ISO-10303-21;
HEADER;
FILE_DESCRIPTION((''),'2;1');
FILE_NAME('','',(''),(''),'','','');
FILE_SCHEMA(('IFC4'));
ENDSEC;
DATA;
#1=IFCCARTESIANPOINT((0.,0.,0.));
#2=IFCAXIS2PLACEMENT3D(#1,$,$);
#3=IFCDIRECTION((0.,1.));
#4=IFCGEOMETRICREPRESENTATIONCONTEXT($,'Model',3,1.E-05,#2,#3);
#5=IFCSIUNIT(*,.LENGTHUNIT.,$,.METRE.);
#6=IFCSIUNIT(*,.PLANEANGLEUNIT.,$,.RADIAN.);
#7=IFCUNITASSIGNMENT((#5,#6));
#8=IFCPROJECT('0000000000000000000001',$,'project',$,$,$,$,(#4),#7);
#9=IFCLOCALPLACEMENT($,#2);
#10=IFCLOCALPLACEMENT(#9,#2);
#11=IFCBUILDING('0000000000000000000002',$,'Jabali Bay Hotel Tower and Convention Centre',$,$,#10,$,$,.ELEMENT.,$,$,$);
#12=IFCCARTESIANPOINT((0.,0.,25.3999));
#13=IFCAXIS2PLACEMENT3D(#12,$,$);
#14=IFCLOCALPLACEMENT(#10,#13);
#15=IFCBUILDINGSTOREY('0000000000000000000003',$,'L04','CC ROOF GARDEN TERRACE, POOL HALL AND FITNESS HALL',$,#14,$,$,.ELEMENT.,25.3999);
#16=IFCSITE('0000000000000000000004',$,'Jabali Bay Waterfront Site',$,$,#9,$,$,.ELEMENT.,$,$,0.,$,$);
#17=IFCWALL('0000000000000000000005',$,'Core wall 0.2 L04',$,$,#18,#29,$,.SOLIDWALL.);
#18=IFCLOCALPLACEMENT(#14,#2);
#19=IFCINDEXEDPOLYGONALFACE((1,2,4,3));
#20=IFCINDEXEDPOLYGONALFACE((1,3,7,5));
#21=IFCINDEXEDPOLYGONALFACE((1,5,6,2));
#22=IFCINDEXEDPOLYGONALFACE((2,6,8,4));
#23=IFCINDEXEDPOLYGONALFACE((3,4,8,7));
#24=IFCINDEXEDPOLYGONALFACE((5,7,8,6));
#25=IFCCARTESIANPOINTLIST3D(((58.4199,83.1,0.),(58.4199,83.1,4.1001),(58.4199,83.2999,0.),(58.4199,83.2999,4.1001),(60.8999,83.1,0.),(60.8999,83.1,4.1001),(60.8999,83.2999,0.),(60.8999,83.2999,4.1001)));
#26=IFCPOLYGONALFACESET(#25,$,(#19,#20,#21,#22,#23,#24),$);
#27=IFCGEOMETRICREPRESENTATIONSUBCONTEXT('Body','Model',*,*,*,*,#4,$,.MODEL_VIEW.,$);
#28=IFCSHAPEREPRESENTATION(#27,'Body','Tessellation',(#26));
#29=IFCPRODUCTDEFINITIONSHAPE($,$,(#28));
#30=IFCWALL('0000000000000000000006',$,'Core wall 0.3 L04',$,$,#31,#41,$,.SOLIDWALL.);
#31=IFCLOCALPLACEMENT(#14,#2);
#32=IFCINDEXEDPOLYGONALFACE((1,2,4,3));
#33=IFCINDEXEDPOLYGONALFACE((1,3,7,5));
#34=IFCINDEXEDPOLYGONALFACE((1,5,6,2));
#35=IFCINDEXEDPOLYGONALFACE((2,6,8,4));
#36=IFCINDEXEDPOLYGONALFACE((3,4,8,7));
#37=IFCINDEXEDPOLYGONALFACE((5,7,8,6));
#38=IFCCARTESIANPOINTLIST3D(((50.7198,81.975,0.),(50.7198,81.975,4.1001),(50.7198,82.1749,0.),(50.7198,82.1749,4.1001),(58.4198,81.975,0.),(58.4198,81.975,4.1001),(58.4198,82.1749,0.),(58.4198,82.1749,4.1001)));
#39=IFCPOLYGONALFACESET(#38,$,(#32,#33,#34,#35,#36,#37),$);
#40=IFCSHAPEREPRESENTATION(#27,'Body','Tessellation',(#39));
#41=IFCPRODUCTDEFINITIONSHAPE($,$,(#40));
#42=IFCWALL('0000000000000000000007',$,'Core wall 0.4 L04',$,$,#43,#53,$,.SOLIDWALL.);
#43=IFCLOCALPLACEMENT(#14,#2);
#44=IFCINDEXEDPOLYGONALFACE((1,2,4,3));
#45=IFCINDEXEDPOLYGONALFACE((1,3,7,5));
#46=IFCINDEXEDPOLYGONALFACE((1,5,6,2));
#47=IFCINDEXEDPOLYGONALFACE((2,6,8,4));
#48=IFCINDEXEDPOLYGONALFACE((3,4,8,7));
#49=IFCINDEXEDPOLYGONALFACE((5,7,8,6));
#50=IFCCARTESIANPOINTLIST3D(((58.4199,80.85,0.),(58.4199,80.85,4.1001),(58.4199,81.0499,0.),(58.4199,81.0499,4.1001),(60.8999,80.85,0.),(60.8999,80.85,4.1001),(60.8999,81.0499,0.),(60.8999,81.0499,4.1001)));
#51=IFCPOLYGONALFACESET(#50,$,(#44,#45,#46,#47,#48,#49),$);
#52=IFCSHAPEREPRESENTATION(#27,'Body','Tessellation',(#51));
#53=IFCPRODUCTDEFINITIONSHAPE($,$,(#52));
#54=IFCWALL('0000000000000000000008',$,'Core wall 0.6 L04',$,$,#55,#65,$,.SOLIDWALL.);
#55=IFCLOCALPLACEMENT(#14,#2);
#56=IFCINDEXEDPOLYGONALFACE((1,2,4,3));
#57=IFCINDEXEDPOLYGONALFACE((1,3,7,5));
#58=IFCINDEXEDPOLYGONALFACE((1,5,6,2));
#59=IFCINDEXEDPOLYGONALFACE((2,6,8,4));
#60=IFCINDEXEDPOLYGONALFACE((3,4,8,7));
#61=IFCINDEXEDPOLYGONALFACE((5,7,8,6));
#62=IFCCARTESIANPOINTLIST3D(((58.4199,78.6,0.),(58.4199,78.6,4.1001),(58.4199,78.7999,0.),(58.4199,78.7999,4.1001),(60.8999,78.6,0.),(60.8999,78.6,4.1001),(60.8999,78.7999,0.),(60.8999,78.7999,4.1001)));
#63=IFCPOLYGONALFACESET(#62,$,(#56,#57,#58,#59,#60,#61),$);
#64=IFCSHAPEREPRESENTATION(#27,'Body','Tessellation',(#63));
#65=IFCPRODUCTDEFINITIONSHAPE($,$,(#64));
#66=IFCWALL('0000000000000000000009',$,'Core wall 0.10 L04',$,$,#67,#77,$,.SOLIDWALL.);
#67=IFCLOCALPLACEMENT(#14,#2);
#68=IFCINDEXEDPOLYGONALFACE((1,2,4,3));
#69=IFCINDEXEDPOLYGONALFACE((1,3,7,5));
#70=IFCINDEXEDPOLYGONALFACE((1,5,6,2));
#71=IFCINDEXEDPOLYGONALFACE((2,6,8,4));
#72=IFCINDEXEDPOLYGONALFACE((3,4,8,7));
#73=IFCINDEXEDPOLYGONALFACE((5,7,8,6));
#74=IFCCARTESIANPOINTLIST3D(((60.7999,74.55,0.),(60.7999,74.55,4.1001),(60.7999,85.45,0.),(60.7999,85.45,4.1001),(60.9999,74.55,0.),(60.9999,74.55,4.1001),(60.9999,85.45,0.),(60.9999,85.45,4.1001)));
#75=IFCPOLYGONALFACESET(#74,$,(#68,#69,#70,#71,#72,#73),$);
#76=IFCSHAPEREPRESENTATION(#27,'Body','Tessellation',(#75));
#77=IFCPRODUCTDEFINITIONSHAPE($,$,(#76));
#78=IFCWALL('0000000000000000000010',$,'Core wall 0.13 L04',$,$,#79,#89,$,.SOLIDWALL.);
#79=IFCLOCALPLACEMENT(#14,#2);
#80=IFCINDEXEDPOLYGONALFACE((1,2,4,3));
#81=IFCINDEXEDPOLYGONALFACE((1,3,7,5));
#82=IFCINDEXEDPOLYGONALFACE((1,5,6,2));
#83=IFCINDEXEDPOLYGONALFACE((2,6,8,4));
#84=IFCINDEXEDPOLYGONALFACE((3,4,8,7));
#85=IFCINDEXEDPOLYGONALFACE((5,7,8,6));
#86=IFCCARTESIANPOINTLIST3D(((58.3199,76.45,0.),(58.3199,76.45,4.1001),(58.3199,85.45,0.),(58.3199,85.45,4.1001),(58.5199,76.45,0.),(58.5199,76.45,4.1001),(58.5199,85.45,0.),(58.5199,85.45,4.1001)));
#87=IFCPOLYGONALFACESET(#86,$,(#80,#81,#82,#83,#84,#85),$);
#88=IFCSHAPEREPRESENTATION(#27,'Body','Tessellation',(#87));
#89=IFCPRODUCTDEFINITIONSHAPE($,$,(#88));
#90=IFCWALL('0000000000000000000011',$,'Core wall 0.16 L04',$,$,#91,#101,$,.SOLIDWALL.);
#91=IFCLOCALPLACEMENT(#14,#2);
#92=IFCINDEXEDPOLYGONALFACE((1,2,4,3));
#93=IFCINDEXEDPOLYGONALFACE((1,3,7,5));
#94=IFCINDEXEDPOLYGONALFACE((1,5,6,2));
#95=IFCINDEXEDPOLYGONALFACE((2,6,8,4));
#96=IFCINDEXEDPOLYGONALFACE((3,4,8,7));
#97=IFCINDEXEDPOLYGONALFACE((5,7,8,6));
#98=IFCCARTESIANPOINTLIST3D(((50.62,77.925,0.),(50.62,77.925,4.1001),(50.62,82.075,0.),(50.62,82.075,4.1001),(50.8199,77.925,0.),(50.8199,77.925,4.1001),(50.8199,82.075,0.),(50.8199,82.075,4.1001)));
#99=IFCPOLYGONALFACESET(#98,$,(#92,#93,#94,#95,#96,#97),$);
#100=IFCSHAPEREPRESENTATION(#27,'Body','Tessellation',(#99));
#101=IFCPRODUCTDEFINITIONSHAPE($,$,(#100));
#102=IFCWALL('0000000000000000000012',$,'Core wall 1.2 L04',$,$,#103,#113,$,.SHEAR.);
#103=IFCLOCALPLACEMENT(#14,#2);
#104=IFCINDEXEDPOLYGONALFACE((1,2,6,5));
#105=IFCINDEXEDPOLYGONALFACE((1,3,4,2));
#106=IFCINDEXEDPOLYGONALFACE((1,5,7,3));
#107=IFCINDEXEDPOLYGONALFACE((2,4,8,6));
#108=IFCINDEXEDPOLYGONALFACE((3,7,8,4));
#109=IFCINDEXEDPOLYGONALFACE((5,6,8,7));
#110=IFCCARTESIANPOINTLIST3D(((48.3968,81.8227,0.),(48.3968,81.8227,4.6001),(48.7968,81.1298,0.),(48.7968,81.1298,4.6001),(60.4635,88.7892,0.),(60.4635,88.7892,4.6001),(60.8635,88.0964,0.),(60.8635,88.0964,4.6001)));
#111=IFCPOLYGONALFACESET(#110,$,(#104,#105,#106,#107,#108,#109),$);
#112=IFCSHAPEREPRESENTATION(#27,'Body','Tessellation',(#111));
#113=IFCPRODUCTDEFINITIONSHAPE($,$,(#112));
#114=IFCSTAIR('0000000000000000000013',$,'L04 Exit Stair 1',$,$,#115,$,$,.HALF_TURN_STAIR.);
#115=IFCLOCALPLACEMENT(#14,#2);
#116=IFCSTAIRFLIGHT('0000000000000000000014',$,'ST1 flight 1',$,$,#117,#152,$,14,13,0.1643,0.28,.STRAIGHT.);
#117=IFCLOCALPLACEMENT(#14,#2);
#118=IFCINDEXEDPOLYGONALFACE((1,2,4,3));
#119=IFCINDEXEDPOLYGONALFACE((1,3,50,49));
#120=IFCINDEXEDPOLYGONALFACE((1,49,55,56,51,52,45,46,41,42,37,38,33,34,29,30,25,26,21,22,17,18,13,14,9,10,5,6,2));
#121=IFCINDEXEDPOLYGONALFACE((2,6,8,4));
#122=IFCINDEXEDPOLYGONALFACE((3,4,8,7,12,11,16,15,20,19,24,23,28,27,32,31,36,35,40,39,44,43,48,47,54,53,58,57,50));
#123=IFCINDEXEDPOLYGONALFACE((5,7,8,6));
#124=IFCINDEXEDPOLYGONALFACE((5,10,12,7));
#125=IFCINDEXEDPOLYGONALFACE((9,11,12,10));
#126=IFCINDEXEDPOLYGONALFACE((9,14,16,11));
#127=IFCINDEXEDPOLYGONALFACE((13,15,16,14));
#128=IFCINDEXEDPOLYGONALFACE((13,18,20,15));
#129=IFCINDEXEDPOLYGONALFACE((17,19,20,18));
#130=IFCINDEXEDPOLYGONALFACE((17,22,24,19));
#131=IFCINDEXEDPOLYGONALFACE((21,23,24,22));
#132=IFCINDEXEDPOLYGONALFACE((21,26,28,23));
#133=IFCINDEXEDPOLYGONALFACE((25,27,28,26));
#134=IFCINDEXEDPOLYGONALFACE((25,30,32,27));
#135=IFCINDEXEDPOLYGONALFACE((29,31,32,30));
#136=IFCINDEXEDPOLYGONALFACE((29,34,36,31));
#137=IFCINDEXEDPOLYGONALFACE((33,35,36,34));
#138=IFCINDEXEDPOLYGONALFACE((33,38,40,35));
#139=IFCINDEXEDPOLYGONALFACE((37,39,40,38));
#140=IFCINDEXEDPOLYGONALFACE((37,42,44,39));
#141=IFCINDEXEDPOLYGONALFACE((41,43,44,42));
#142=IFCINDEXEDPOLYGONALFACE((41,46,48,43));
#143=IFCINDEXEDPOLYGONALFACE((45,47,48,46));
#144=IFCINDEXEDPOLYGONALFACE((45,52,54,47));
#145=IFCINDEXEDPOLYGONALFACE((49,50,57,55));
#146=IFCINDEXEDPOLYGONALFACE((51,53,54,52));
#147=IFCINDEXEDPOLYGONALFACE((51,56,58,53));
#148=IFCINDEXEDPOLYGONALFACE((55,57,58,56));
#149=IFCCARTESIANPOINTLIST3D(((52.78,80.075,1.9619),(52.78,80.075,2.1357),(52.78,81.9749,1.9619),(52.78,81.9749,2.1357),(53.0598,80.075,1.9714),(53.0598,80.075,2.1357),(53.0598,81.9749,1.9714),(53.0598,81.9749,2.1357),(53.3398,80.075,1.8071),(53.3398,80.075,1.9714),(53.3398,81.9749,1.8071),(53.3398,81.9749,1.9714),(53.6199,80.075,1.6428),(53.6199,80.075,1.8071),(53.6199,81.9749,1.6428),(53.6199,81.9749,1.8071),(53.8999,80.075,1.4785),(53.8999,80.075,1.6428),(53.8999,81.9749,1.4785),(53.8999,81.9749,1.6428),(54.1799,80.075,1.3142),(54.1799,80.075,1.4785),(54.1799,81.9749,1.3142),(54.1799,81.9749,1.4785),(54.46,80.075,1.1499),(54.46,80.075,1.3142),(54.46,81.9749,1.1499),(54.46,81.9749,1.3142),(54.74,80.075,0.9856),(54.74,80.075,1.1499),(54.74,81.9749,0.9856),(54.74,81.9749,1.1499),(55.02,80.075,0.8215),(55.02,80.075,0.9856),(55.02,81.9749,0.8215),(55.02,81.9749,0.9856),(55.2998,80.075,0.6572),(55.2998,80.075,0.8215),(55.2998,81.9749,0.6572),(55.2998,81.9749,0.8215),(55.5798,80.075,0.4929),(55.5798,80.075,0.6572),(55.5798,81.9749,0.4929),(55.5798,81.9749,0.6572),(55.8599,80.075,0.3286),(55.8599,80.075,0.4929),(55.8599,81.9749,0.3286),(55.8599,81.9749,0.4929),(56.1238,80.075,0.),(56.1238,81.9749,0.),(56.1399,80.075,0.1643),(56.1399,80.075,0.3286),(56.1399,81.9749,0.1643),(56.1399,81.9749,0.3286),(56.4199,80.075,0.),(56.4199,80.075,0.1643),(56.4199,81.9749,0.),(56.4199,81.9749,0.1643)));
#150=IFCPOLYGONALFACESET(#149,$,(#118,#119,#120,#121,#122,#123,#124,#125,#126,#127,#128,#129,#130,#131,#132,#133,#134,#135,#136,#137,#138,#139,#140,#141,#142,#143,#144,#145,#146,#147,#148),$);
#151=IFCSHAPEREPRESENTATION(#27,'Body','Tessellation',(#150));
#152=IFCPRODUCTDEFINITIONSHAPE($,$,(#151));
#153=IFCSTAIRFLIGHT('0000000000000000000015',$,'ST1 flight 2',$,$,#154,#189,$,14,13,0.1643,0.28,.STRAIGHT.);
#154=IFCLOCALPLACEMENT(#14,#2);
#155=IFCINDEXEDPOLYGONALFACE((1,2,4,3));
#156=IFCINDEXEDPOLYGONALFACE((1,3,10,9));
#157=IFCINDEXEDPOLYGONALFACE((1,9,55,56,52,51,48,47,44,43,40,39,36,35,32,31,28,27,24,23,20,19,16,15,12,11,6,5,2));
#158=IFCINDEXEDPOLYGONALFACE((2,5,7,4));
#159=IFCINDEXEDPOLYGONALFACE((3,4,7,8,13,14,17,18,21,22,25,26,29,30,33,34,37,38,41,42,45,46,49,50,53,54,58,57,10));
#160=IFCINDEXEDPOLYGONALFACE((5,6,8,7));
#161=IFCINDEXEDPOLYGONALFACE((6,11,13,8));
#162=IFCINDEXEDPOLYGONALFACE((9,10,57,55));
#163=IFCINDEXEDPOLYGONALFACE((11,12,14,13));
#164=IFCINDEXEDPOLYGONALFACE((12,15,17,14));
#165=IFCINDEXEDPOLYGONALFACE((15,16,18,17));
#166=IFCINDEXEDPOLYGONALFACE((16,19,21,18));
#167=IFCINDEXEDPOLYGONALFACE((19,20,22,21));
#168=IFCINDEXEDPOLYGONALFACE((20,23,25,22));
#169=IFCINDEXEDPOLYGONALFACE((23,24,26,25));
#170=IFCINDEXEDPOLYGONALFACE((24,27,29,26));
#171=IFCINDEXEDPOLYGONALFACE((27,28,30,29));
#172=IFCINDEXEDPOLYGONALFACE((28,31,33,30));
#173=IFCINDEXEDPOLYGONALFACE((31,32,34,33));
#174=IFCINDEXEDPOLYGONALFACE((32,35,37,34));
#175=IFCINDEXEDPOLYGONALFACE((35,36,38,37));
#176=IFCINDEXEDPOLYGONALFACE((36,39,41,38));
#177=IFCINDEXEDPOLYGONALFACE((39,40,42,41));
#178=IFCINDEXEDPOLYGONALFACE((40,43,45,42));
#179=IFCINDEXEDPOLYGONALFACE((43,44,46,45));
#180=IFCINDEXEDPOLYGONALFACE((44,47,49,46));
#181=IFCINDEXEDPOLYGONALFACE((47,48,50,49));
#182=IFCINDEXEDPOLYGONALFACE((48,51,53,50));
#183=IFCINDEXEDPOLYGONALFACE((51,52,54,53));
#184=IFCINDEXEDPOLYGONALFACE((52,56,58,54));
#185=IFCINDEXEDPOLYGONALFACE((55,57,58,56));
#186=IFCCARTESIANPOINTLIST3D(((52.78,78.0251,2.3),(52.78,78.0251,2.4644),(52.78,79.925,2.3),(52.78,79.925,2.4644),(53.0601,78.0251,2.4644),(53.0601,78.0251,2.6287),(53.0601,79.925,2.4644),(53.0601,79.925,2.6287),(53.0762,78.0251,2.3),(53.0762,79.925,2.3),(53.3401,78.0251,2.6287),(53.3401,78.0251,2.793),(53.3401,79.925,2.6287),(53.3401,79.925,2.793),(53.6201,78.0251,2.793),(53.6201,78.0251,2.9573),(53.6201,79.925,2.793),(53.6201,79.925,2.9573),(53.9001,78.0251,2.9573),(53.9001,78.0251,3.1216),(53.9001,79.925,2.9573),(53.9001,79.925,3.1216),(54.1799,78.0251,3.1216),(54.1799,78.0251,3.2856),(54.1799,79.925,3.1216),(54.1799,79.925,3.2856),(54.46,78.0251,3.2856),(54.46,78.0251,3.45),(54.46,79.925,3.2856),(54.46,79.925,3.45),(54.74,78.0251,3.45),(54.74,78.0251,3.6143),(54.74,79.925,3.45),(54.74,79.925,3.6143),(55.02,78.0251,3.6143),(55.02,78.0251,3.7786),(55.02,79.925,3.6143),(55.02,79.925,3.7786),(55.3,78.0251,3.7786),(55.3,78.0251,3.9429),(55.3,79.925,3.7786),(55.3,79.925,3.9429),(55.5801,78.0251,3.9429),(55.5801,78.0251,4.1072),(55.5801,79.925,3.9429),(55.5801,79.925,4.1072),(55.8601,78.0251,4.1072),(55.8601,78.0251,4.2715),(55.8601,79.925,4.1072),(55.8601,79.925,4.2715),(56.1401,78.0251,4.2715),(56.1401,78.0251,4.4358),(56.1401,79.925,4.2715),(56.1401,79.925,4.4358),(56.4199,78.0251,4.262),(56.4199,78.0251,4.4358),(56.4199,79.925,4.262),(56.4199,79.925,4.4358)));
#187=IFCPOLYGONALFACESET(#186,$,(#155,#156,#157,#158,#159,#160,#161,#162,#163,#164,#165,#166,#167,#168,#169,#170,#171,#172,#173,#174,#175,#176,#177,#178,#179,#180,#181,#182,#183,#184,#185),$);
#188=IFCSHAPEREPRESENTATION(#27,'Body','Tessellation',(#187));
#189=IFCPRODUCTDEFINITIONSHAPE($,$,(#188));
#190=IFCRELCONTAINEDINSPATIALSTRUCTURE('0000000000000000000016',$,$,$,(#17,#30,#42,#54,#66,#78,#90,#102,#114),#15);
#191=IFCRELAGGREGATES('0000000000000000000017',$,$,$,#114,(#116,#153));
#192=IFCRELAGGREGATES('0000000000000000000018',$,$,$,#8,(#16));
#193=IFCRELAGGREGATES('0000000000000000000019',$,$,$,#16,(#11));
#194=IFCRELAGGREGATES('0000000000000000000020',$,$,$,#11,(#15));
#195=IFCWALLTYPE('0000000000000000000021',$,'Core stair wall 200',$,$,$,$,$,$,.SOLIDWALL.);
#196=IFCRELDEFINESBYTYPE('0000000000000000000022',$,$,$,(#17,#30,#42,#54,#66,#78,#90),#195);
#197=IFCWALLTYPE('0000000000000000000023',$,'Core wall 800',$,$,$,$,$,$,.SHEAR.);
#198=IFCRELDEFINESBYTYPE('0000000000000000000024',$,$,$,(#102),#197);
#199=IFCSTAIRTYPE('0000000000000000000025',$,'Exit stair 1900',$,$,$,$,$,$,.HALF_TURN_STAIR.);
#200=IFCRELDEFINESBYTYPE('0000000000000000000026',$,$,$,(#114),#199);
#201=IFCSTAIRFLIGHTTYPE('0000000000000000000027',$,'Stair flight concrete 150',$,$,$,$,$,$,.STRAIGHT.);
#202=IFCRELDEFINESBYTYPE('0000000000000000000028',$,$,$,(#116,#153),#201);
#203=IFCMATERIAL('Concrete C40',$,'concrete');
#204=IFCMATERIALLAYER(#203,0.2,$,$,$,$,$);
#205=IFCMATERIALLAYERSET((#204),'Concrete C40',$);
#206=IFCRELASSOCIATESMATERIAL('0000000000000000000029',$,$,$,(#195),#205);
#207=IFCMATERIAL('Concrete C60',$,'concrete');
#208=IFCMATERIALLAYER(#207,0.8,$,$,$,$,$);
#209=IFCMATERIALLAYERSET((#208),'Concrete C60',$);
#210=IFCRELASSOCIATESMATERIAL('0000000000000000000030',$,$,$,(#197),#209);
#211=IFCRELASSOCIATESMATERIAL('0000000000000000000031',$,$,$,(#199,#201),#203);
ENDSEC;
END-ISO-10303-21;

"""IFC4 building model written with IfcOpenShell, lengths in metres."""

from ifc_helpers import new_model, si_unit, direction, frame, frame_2d, origin, place, context, subcontext, project, spatial, polyline, rectangle, outline, extrude, material, layer, layer_set, type_object, element, aggregate, save


model = new_model("IFC4")

# Units and contexts
model_context = context("Model", 3, precision=1e-05, world=origin(), true_north=direction((0.0, 1.0)))
body_context = subcontext(model_context, "Body", "Model", "MODEL_VIEW")
ifc_project = project(units=[si_unit("LENGTHUNIT", "METRE"), si_unit("PLANEANGLEUNIT", "RADIAN")], contexts=[model_context])

# Site, building, storey
site_placement = place(None, origin())
site = spatial("IfcSite", under=ifc_project, at=site_placement, Name="Jabali Bay Waterfront Site", CompositionType="ELEMENT", RefElevation=0.0)
building_placement = place(site_placement, origin())
building = spatial("IfcBuilding", under=site, at=building_placement, Name="Jabali Bay Hotel Tower and Convention Centre", CompositionType="ELEMENT")
storey_placement = place(building_placement, frame((0.0, 0.0, 25.3999)))
storey = spatial("IfcBuildingStorey", under=building, at=storey_placement, Name="L04", Description="CC ROOF GARDEN TERRACE, POOL HALL AND FITNESS HALL", CompositionType="ELEMENT", Elevation=25.3999)

# Shared definitions
ifc_material_1 = material(Name="Concrete C40", Category="concrete")

# Walls
ifc_layer_1 = layer(ifc_material_1, 0.2)
ifc_layer_set_1 = layer_set([ifc_layer_1], Name="Concrete C40")
wall_type_1 = type_object("IfcWallType", Name="Core stair wall 200", PredefinedType="SOLIDWALL", material=ifc_layer_set_1)
for number, where, z_axis, x_axis, name in (
    (1, (60.8999, 83.2, 0.0), (0.0, 0.0, 1.0), (-1.0, 0.0, 0.0), "Core wall 0.2 L04"),
):
    element("IfcWall", number, at=place(storey_placement, frame(where, z_axis=z_axis, x_axis=x_axis)), inside=storey, type_object=wall_type_1, Name=name, PredefinedType="SOLIDWALL", context=body_context, shape_type="SweptSolid", body=[
        extrude(rectangle(XDim=2.48, YDim=0.2, at=frame_2d((1.24, 0.0))), origin(), (0.0, 0.0, 1.0), 4.1001),
    ])
wall_1_placement = place(storey_placement, frame((58.4199, 82.075, 0.0), z_axis=(0.0, 0.0, 1.0), x_axis=(-1.0, 0.0, 0.0)))
element("IfcWall", 2, at=wall_1_placement, inside=storey, type_object=wall_type_1, Name="Core wall 0.3 L04", PredefinedType="SOLIDWALL", context=body_context, shape_type="SweptSolid", body=[
    extrude(rectangle(XDim=7.7, YDim=0.2, at=frame_2d((3.8501, 0.0))), origin(), (0.0, 0.0, 1.0), 4.1001),
])
for number, where, z_axis, x_axis, name in (
    (3, (60.8999, 80.95, 0.0), (0.0, 0.0, 1.0), (-1.0, 0.0, 0.0), "Core wall 0.4 L04"),
    (4, (60.8999, 78.7, 0.0), (0.0, 0.0, 1.0), (-1.0, 0.0, 0.0), "Core wall 0.6 L04"),
):
    element("IfcWall", number, at=place(storey_placement, frame(where, z_axis=z_axis, x_axis=x_axis)), inside=storey, type_object=wall_type_1, Name=name, PredefinedType="SOLIDWALL", context=body_context, shape_type="SweptSolid", body=[
        extrude(rectangle(XDim=2.48, YDim=0.2, at=frame_2d((1.24, 0.0))), origin(), (0.0, 0.0, 1.0), 4.1001),
    ])
wall_2_placement = place(storey_placement, frame((60.8999, 85.45, 0.0), z_axis=(0.0, 0.0, 1.0), x_axis=(0.0, -1.0, 0.0)))
element("IfcWall", 5, at=wall_2_placement, inside=storey, type_object=wall_type_1, Name="Core wall 0.10 L04", PredefinedType="SOLIDWALL", context=body_context, shape_type="SweptSolid", body=[
    extrude(rectangle(XDim=10.8999, YDim=0.2, at=frame_2d((5.45, 0.0))), origin(), (0.0, 0.0, 1.0), 4.1001),
])
wall_3_placement = place(storey_placement, frame((58.4199, 85.45, 0.0), z_axis=(0.0, 0.0, 1.0), x_axis=(0.0, -1.0, 0.0)))
element("IfcWall", 6, at=wall_3_placement, inside=storey, type_object=wall_type_1, Name="Core wall 0.13 L04", PredefinedType="SOLIDWALL", context=body_context, shape_type="SweptSolid", body=[
    extrude(rectangle(XDim=9.0, YDim=0.2, at=frame_2d((4.5, 0.0))), origin(), (0.0, 0.0, 1.0), 4.1001),
])
wall_4_placement = place(storey_placement, frame((50.72, 82.075, 0.0), z_axis=(0.0, 0.0, 1.0), x_axis=(0.0, -1.0, 0.0)))
element("IfcWall", 7, at=wall_4_placement, inside=storey, type_object=wall_type_1, Name="Core wall 0.16 L04", PredefinedType="SOLIDWALL", context=body_context, shape_type="SweptSolid", body=[
    extrude(rectangle(XDim=4.1499, YDim=0.2, at=frame_2d((2.075, 0.0))), origin(), (0.0, 0.0, 1.0), 4.1001),
])
ifc_material_2 = material(Name="Concrete C60", Category="concrete")
ifc_layer_2 = layer(ifc_material_2, 0.8)
ifc_layer_set_2 = layer_set([ifc_layer_2], Name="Concrete C60")
wall_type_2 = type_object("IfcWallType", Name="Core wall 800", PredefinedType="SHEAR", material=ifc_layer_set_2)
wall_5_placement = place(storey_placement, frame((60.6636, 88.4429, 0.0), z_axis=(0.0, 0.0, 1.0), x_axis=(-0.866029, -0.499993, 0.0)))
element("IfcWall", 8, at=wall_5_placement, inside=storey, type_object=wall_type_2, Name="Core wall 1.2 L04", PredefinedType="SHEAR", context=body_context, shape_type="SweptSolid", body=[
    extrude(rectangle(XDim=13.9333, YDim=0.8, at=frame_2d((6.9668, 0.0))), origin(), (0.0, 0.0, 1.0), 4.6001),
])

# Stair, stair flights
stair_type = type_object("IfcStairType", Name="Exit stair 1900", PredefinedType="HALF_TURN_STAIR", material=ifc_material_1)
stair_placement = place(storey_placement, origin())
stair = element("IfcStair", 9, at=stair_placement, inside=storey, type_object=stair_type, Name="L04 Exit Stair 1", PredefinedType="HALF_TURN_STAIR")
stair_flight_type = type_object("IfcStairFlightType", Name="Stair flight concrete 150", PredefinedType="STRAIGHT", material=ifc_material_1)
stair_flight_1_placement = place(storey_placement, frame((56.4199, 81.0249, 0.0), z_axis=(0.0, 0.0, 1.0), x_axis=(-1.0, 0.0, 0.0)))
stair_flight_1 = element("IfcStairFlight", 10, at=stair_flight_1_placement, type_object=stair_flight_type, Name="ST1 flight 1", NumberOfRisers=14, NumberOfTreads=13, PredefinedType="STRAIGHT", RiserHeight=0.1643, TreadLength=0.28, context=body_context, shape_type="SweptSolid", body=[
    extrude(outline(polyline([(0.0, 0.0), (0.0, 0.1643), (0.28, 0.1643), (0.28, 0.3286), (0.5601, 0.3286), (0.5601, 0.4929), (0.8401, 0.4929), (0.8401, 0.6572), (1.1201, 0.6572), (1.1201, 0.8215), (1.3999, 0.8215), (1.3999, 0.9856), (1.6799, 0.9856), (1.6799, 1.1499), (1.96, 1.1499), (1.96, 1.3142), (2.24, 1.3142), (2.24, 1.4785), (2.52, 1.4785), (2.52, 1.6428), (2.8, 1.6428), (2.8, 1.8071), (3.0801, 1.8071), (3.0801, 1.9714), (3.3601, 1.9714), (3.3601, 2.1357), (3.6399, 2.1357), (3.6399, 2.3), (3.6399, 1.9619), (0.2961, 0.0), (0.0, 0.0)])), frame((0.0, 0.95, 0.0), z_axis=(0.0, -1.0, 0.0), x_axis=(1.0, 0.0, 0.0)), (0.0, 0.0, 1.0), 1.8999),
])
stair_flight_2_placement = place(storey_placement, frame((52.78, 78.9751, 2.3), z_axis=(0.0, 0.0, 1.0), x_axis=(1.0, 0.0, 0.0)))
stair_flight_2 = element("IfcStairFlight", 11, at=stair_flight_2_placement, type_object=stair_flight_type, Name="ST1 flight 2", NumberOfRisers=14, NumberOfTreads=13, PredefinedType="STRAIGHT", RiserHeight=0.1643, TreadLength=0.28, context=body_context, shape_type="SweptSolid", body=[
    extrude(outline(polyline([(0.0, 0.0), (0.0, 0.1643), (0.28, 0.1643), (0.28, 0.3286), (0.5601, 0.3286), (0.5601, 0.4929), (0.8401, 0.4929), (0.8401, 0.6572), (1.1201, 0.6572), (1.1201, 0.8215), (1.3999, 0.8215), (1.3999, 0.9856), (1.6799, 0.9856), (1.6799, 1.1499), (1.96, 1.1499), (1.96, 1.3142), (2.24, 1.3142), (2.24, 1.4785), (2.52, 1.4785), (2.52, 1.6428), (2.8, 1.6428), (2.8, 1.8071), (3.0801, 1.8071), (3.0801, 1.9714), (3.3601, 1.9714), (3.3601, 2.1357), (3.6399, 2.1357), (3.6399, 2.3), (3.6399, 1.9619), (0.2961, 0.0), (0.0, 0.0)])), frame((0.0, 0.95, 0.0), z_axis=(0.0, -1.0, 0.0), x_axis=(1.0, 0.0, 0.0)), (0.0, 0.0, 1.0), 1.8999),
])
aggregate(stair, [stair_flight_1, stair_flight_2])

save(model, "model.ifc")
